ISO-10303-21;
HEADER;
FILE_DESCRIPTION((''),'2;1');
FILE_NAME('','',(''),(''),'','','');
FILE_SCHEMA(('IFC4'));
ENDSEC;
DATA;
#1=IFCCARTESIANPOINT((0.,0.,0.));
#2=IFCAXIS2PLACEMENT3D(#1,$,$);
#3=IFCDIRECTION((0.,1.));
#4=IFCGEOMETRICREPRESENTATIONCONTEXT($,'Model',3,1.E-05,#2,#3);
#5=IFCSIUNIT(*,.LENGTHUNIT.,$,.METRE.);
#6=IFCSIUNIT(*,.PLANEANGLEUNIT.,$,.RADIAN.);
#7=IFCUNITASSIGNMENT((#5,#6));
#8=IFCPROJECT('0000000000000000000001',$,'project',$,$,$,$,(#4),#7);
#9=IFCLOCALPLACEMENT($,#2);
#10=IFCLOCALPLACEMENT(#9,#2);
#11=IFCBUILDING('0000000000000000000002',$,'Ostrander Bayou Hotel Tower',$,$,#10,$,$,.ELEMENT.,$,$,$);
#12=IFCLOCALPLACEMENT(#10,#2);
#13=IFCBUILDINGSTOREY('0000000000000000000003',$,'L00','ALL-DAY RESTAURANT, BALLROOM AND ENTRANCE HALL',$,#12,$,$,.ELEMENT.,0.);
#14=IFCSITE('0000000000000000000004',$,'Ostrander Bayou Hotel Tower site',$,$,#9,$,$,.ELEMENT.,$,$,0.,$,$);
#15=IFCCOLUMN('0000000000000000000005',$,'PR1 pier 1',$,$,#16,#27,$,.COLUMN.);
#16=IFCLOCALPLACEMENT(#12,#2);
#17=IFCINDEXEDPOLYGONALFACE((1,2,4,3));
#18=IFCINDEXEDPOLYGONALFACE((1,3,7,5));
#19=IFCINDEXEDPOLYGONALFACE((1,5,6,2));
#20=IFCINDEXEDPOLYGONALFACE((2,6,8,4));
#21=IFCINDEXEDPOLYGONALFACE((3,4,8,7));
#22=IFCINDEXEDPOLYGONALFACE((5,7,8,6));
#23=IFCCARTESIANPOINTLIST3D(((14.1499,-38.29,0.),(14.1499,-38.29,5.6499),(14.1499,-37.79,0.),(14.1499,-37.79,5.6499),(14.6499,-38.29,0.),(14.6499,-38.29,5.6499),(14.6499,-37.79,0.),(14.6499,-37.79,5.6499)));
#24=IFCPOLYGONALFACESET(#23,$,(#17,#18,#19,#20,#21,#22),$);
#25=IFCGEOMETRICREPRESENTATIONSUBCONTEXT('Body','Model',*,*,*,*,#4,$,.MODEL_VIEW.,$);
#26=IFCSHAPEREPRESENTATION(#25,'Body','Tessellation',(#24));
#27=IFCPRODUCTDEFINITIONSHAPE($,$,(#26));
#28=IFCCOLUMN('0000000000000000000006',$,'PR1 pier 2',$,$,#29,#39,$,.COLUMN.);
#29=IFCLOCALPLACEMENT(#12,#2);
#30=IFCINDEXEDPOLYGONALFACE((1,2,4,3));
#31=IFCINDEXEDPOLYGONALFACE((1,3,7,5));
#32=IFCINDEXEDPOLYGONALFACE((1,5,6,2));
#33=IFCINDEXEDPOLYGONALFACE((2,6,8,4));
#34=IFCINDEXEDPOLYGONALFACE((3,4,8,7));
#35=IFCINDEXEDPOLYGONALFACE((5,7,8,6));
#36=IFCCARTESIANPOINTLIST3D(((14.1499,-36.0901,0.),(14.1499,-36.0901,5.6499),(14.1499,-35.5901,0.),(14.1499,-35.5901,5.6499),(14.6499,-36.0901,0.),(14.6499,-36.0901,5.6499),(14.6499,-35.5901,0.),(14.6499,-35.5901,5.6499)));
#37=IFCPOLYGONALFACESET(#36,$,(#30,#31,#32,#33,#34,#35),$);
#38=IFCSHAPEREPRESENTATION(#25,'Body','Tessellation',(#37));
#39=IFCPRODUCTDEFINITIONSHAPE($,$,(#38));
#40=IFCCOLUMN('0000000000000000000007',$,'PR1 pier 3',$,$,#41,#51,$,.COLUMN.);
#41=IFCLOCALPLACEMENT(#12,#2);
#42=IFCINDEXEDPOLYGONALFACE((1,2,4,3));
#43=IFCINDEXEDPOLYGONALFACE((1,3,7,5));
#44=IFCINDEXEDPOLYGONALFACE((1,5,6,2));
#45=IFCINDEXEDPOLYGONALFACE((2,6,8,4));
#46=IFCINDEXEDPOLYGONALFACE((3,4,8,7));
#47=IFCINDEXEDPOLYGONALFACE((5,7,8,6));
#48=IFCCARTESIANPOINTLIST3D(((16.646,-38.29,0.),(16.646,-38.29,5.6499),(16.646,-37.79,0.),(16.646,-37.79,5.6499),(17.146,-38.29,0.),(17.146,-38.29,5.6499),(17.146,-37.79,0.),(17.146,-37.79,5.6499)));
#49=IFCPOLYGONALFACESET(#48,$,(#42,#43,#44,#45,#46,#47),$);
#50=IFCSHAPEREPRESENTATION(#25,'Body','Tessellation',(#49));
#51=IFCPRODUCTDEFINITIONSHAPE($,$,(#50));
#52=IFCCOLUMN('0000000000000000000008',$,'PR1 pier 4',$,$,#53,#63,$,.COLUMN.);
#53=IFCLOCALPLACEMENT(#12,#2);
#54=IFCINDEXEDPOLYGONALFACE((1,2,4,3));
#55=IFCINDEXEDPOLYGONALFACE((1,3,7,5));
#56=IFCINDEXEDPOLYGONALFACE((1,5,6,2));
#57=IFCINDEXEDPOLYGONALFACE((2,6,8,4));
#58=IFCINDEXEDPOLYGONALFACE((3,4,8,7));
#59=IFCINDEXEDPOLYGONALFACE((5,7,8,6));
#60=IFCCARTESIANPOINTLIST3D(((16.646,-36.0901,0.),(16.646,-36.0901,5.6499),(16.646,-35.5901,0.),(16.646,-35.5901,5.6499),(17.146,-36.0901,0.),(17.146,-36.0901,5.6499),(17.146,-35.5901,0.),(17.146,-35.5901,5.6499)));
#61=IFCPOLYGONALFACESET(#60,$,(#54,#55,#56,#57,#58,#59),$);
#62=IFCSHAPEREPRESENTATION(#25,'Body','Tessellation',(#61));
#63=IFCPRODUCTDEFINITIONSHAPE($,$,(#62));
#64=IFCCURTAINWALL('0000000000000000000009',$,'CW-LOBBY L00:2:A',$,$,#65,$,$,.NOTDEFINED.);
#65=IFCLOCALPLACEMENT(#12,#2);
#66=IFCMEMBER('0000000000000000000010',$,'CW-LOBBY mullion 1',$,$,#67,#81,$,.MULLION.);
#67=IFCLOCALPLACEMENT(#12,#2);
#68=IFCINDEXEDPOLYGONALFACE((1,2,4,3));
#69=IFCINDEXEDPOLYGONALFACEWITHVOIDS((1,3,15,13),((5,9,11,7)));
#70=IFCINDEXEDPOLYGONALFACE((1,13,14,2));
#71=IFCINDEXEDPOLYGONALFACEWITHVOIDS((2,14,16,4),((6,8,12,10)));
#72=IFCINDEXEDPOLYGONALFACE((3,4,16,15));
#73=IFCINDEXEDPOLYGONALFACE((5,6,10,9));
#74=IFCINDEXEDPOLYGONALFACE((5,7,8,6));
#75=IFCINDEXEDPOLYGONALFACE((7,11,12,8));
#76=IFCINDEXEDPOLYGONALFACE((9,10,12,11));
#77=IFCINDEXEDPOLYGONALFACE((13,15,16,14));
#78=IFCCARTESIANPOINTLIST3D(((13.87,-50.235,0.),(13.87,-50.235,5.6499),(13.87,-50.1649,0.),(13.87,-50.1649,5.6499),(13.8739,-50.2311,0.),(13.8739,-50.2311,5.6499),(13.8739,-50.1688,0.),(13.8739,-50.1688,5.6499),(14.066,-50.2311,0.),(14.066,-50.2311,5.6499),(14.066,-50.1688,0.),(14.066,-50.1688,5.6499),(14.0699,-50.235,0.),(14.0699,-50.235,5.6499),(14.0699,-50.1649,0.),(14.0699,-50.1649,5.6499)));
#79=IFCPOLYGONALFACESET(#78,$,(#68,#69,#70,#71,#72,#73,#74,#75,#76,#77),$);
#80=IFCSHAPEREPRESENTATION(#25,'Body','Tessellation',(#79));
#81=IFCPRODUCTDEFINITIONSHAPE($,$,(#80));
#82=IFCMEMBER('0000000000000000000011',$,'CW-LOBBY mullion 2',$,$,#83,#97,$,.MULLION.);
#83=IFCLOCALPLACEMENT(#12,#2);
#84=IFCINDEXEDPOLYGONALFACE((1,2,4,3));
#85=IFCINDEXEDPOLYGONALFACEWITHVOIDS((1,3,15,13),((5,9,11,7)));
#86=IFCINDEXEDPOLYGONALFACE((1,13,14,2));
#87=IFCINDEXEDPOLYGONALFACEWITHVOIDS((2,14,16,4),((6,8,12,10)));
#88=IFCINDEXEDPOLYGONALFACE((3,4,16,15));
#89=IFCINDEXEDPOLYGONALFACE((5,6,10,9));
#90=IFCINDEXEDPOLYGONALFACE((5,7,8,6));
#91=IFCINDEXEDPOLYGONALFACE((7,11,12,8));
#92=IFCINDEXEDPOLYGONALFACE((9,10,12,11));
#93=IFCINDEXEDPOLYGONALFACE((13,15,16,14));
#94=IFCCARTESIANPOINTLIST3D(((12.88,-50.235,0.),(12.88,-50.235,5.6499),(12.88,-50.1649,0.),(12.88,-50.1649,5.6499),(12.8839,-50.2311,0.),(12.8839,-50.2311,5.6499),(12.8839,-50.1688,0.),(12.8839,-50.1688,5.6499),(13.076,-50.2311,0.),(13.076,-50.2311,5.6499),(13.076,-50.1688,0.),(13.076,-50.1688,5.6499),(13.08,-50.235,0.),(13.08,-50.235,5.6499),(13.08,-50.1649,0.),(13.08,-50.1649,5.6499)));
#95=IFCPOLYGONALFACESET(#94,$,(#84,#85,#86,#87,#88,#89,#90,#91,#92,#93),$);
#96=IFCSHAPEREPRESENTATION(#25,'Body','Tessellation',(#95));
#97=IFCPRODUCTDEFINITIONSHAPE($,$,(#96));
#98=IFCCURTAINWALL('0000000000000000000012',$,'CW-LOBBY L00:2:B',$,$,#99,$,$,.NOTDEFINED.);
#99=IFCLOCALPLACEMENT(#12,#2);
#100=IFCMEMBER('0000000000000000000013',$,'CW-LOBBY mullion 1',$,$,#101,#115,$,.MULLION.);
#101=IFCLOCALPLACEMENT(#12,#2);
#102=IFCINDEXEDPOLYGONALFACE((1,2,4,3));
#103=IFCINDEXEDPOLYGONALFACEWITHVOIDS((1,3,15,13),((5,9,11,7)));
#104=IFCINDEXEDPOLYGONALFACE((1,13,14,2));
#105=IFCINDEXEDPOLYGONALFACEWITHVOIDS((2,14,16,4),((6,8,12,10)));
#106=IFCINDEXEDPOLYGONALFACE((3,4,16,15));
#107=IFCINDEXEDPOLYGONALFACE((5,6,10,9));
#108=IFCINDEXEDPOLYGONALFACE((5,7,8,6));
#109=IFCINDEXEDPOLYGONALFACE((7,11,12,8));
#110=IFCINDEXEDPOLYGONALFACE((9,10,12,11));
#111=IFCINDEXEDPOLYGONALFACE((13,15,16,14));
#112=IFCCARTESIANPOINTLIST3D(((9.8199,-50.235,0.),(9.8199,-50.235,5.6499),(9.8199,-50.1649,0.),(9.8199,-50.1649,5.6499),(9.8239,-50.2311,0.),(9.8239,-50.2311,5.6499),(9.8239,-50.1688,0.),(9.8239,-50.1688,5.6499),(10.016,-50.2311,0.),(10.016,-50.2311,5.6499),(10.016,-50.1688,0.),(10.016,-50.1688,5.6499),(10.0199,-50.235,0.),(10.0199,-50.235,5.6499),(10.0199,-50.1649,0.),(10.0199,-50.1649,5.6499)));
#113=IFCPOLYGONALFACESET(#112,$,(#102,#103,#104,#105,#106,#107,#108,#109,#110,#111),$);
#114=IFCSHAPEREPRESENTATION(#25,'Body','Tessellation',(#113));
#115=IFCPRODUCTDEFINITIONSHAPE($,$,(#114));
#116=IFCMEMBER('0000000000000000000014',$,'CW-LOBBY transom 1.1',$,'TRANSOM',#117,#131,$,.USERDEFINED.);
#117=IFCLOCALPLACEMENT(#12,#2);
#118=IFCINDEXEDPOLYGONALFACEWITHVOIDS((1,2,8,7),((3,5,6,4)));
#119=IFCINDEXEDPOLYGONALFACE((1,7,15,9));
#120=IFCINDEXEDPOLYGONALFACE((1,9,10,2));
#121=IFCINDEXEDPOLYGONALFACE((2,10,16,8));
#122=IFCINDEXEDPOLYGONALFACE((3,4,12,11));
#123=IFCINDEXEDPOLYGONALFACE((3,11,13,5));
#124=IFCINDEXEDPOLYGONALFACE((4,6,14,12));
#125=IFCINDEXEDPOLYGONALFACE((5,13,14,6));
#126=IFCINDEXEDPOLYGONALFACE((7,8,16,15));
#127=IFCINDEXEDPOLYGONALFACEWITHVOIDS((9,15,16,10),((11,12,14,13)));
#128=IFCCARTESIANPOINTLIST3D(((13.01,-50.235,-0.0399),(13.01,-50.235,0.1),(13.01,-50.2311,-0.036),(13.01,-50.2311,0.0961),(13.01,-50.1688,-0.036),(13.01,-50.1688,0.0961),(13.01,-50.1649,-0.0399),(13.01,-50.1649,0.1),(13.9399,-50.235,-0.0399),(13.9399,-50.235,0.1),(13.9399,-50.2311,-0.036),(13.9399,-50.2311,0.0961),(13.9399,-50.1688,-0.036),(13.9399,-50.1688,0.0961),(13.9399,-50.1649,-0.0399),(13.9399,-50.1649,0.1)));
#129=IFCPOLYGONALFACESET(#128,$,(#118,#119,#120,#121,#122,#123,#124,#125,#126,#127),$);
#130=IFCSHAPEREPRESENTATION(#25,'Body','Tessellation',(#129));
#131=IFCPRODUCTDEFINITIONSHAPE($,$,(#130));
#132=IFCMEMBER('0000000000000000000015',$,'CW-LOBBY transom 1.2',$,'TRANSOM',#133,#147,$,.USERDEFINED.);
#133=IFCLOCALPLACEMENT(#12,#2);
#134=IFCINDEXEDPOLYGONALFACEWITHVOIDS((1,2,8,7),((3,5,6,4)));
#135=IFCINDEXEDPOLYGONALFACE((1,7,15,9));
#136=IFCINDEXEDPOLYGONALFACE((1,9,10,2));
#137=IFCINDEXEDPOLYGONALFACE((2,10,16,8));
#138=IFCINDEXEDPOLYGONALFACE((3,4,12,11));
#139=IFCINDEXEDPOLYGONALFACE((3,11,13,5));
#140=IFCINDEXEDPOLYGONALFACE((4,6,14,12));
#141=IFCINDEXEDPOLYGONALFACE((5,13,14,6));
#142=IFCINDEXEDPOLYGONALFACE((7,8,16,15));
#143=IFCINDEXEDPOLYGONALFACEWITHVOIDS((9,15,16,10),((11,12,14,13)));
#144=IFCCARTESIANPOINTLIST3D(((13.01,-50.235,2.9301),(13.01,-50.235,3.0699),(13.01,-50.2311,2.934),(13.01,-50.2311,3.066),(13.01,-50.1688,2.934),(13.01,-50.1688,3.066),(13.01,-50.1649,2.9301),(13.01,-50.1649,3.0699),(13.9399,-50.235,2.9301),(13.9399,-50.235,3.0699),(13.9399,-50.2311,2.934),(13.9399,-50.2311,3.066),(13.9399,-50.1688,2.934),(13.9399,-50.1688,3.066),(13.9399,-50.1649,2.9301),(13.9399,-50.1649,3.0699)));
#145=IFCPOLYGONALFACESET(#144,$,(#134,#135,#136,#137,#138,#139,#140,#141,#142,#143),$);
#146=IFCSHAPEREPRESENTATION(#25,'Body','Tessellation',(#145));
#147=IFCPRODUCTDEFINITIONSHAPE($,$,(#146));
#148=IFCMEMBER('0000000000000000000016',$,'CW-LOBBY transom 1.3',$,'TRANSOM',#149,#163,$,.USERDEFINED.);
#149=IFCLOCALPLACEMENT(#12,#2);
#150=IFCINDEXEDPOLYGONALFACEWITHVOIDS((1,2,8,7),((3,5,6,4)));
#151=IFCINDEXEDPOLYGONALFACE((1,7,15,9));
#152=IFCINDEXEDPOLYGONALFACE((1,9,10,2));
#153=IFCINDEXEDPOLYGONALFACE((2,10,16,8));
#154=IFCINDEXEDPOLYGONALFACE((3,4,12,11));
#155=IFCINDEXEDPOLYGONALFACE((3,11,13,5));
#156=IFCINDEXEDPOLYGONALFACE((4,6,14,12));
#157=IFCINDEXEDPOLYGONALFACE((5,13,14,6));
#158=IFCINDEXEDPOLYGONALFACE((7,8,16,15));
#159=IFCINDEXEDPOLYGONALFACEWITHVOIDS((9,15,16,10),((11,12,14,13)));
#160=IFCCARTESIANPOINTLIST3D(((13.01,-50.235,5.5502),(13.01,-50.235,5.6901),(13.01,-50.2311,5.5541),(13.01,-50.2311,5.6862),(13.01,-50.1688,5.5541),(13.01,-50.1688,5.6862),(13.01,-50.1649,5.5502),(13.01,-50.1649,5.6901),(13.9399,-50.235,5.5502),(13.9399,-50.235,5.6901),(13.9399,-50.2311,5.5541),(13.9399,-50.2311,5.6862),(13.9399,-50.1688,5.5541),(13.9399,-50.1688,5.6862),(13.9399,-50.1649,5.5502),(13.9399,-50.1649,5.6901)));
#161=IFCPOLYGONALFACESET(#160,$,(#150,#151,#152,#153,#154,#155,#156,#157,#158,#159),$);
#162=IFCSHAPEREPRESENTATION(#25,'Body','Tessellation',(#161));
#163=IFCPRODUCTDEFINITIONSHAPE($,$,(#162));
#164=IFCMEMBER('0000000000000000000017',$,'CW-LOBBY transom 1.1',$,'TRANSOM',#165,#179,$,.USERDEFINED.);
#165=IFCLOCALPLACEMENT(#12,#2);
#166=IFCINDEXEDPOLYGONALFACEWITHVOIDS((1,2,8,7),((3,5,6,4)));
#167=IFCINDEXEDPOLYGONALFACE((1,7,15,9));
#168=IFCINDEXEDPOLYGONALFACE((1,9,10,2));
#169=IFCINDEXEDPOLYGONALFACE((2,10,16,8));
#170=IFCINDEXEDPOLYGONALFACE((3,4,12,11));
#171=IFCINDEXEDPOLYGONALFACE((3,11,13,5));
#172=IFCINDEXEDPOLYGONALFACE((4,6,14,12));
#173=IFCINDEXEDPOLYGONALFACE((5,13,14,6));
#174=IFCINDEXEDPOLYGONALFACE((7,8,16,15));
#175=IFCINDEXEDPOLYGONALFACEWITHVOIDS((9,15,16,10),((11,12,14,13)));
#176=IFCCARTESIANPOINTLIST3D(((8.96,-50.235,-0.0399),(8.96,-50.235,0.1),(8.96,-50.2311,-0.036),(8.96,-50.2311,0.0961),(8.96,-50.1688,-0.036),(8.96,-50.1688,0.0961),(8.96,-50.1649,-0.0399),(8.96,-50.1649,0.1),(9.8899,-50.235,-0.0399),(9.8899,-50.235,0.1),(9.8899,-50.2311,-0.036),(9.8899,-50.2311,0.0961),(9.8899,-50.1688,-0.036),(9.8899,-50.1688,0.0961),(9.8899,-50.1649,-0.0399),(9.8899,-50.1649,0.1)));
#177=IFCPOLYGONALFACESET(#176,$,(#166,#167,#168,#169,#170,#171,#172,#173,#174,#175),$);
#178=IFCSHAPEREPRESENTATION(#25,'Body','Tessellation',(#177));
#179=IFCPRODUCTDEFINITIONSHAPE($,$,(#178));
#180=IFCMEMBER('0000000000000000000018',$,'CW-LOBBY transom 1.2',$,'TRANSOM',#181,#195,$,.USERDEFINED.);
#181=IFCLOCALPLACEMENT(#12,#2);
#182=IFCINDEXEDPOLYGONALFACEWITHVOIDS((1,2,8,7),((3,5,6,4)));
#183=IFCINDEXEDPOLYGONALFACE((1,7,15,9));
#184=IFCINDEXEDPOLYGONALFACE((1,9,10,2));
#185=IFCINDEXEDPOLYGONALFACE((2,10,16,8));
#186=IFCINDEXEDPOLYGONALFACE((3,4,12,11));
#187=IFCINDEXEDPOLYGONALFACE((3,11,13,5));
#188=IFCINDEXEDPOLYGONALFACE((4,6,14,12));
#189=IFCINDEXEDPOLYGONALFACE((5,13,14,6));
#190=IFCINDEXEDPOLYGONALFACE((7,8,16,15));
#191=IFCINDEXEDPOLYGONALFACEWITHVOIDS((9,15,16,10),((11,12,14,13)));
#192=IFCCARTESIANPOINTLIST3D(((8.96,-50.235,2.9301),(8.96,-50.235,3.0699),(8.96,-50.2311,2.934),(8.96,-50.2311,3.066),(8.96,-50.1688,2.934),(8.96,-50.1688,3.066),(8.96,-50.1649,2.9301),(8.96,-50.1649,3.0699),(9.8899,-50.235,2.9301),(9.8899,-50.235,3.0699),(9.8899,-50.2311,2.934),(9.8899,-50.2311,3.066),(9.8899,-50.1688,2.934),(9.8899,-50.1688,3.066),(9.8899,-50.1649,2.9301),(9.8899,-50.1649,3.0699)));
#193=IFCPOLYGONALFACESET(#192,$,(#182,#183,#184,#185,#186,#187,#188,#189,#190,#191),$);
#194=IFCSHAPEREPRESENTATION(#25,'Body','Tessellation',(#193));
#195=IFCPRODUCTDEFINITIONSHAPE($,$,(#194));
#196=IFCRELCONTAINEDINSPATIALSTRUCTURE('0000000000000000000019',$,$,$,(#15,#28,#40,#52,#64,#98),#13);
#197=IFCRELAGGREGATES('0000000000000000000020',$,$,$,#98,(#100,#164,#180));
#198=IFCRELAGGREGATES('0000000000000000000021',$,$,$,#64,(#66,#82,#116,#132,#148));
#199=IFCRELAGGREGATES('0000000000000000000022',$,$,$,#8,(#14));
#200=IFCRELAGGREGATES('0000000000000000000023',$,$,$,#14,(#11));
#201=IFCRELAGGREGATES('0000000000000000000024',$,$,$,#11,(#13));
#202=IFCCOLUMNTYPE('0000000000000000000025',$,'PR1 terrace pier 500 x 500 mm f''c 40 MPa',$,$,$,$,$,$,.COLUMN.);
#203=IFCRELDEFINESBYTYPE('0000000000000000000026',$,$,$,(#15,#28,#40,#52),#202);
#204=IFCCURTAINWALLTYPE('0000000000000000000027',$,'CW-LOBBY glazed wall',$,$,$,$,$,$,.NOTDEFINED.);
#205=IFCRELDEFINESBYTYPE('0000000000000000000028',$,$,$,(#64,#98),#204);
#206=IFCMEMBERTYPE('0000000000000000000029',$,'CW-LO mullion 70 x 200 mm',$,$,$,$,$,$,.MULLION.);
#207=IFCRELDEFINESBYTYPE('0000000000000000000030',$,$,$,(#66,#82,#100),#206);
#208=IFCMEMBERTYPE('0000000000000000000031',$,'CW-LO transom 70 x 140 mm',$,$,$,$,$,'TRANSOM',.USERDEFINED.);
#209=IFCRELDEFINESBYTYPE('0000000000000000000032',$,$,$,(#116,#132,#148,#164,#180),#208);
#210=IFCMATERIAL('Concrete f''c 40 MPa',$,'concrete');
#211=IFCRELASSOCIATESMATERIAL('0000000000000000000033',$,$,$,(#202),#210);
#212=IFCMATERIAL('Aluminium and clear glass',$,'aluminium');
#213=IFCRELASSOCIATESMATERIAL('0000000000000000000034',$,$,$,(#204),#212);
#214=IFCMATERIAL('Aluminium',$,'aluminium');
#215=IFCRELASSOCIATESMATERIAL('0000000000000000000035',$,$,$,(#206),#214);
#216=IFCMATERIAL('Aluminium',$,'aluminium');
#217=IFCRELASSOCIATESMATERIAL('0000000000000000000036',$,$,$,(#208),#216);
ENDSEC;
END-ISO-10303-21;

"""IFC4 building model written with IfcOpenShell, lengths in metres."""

from ifc_helpers import new_model, si_unit, direction, frame, origin, origin_2d, place, context, subcontext, project, spatial, rectangle, hollow_rectangle, extrude, material, material_profile, profile_set, type_object, element, aggregate, save


model = new_model("IFC4")

# Units and contexts
model_context = context("Model", 3, precision=1e-05, world=origin(), true_north=direction((0.0, 1.0)))
body_context = subcontext(model_context, "Body", "Model", "MODEL_VIEW")
ifc_project = project(units=[si_unit("LENGTHUNIT", "METRE"), si_unit("PLANEANGLEUNIT", "RADIAN")], contexts=[model_context])

# Site, building, storey
site_placement = place(None, origin())
site = spatial("IfcSite", under=ifc_project, at=site_placement, Name="Ostrander Bayou Hotel Tower site", CompositionType="ELEMENT", RefElevation=0.0)
building_placement = place(site_placement, origin())
building = spatial("IfcBuilding", under=site, at=building_placement, Name="Ostrander Bayou Hotel Tower", CompositionType="ELEMENT")
storey_placement = place(building_placement, origin())
storey = spatial("IfcBuildingStorey", under=building, at=storey_placement, Name="L00", Description="ALL-DAY RESTAURANT, BALLROOM AND ENTRANCE HALL", CompositionType="ELEMENT", Elevation=0.0)

# Columns
ifc_material_1 = material(Name="Concrete f'c 40 MPa", Category="concrete")
ifc_material_profile_1 = material_profile(ifc_material_1, rectangle(XDim=0.5, YDim=0.5, at=origin_2d()))
ifc_profile_set_1 = profile_set([ifc_material_profile_1], Name="Concrete f'c 40 MPa")
column_type = type_object("IfcColumnType", Name="PR1 terrace pier 500 x 500 mm f'c 40 MPa", PredefinedType="COLUMN", material=ifc_profile_set_1)
for number, where, z_axis, x_axis, name in (
    (1, (14.3999, -38.04, 0.0), (0.0, 0.0, 1.0), (1.0, 0.0, 0.0), "PR1 pier 1"),
    (2, (14.3999, -35.8401, 0.0), (0.0, 0.0, 1.0), (1.0, 0.0, 0.0), "PR1 pier 2"),
    (3, (16.896, -38.04, 0.0), (0.0, 0.0, 1.0), (1.0, 0.0, 0.0), "PR1 pier 3"),
    (4, (16.896, -35.8401, 0.0), (0.0, 0.0, 1.0), (1.0, 0.0, 0.0), "PR1 pier 4"),
):
    element("IfcColumn", number, at=place(storey_placement, frame(where, z_axis=z_axis, x_axis=x_axis)), inside=storey, type_object=column_type, Name=name, PredefinedType="COLUMN", context=body_context, shape_type="SweptSolid", body=[
        extrude(rectangle(XDim=0.5, YDim=0.5, at=origin_2d()), origin(), (0.0, 0.0, 1.0), 5.6499),
    ])

# Curtain wall, members
ifc_material_2 = material(Name="Aluminium and clear glass", Category="aluminium")
curtain_wall_type = type_object("IfcCurtainWallType", Name="CW-LOBBY glazed wall", PredefinedType="NOTDEFINED", material=ifc_material_2)
curtain_wall_1_placement = place(storey_placement, origin())
curtain_wall_1 = element("IfcCurtainWall", 5, at=curtain_wall_1_placement, inside=storey, type_object=curtain_wall_type, Name="CW-LOBBY L00:2:A", PredefinedType="NOTDEFINED")
ifc_material_3 = material(Name="Aluminium", Category="aluminium")
ifc_material_profile_2 = material_profile(ifc_material_3, hollow_rectangle(XDim=0.0701, YDim=0.2, WallThickness=0.0039, at=origin_2d()))
ifc_profile_set_2 = profile_set([ifc_material_profile_2], Name="Aluminium")
member_type_1 = type_object("IfcMemberType", Name="CW-LO mullion 70 x 200 mm", PredefinedType="MULLION", material=ifc_profile_set_2)
member_1_placement = place(storey_placement, frame((13.97, -50.2, 0.0), z_axis=(0.0, 0.0, 1.0), x_axis=(0.0, -1.0, 0.0)))
member_1 = element("IfcMember", 6, at=member_1_placement, type_object=member_type_1, Name="CW-LOBBY mullion 1", PredefinedType="MULLION", context=body_context, shape_type="SweptSolid", body=[
    extrude(hollow_rectangle(XDim=0.0701, YDim=0.2, WallThickness=0.0039, at=origin_2d()), origin(), (0.0, 0.0, 1.0), 5.6499),
])
member_2_placement = place(storey_placement, frame((12.98, -50.2, 0.0), z_axis=(0.0, 0.0, 1.0), x_axis=(0.0, -1.0, 0.0)))
member_2 = element("IfcMember", 7, at=member_2_placement, type_object=member_type_1, Name="CW-LOBBY mullion 2", PredefinedType="MULLION", context=body_context, shape_type="SweptSolid", body=[
    extrude(hollow_rectangle(XDim=0.0701, YDim=0.2, WallThickness=0.0039, at=origin_2d()), origin(), (0.0, 0.0, 1.0), 5.6499),
])

# Curtain wall, member
curtain_wall_2_placement = place(storey_placement, origin())
curtain_wall_2 = element("IfcCurtainWall", 8, at=curtain_wall_2_placement, inside=storey, type_object=curtain_wall_type, Name="CW-LOBBY L00:2:B", PredefinedType="NOTDEFINED")
member_3_placement = place(storey_placement, frame((9.9199, -50.2, 0.0), z_axis=(0.0, 0.0, 1.0), x_axis=(0.0, -1.0, 0.0)))
member_3 = element("IfcMember", 9, at=member_3_placement, type_object=member_type_1, Name="CW-LOBBY mullion 1", PredefinedType="MULLION", context=body_context, shape_type="SweptSolid", body=[
    extrude(hollow_rectangle(XDim=0.0701, YDim=0.2, WallThickness=0.0039, at=origin_2d()), origin(), (0.0, 0.0, 1.0), 5.6499),
])

# Members
ifc_material_4 = material(Name="Aluminium", Category="aluminium")
ifc_material_profile_3 = material_profile(ifc_material_4, hollow_rectangle(XDim=0.0701, YDim=0.1399, WallThickness=0.0039, at=origin_2d()))
ifc_profile_set_3 = profile_set([ifc_material_profile_3], Name="Aluminium")
member_type_2 = type_object("IfcMemberType", Name="CW-LO transom 70 x 140 mm", ElementType="TRANSOM", PredefinedType="USERDEFINED", material=ifc_profile_set_3)
member_4_placement = place(storey_placement, frame((13.9399, -50.2, 0.03), z_axis=(-1.0, 0.0, 0.0), x_axis=(0.0, -1.0, 0.0)))
member_4 = element("IfcMember", 10, at=member_4_placement, type_object=member_type_2, Name="CW-LOBBY transom 1.1", ObjectType="TRANSOM", PredefinedType="USERDEFINED", context=body_context, shape_type="SweptSolid", body=[
    extrude(hollow_rectangle(XDim=0.0701, YDim=0.1399, WallThickness=0.0039, at=origin_2d()), origin(), (0.0, 0.0, 1.0), 0.9299),
])
member_5_placement = place(storey_placement, frame((13.9399, -50.2, 3.0), z_axis=(-1.0, 0.0, 0.0), x_axis=(0.0, -1.0, 0.0)))
member_5 = element("IfcMember", 11, at=member_5_placement, type_object=member_type_2, Name="CW-LOBBY transom 1.2", ObjectType="TRANSOM", PredefinedType="USERDEFINED", context=body_context, shape_type="SweptSolid", body=[
    extrude(hollow_rectangle(XDim=0.0701, YDim=0.1399, WallThickness=0.0039, at=origin_2d()), origin(), (0.0, 0.0, 1.0), 0.9299),
])
member_6_placement = place(storey_placement, frame((13.9399, -50.2, 5.6201), z_axis=(-1.0, 0.0, 0.0), x_axis=(0.0, -1.0, 0.0)))
member_6 = element("IfcMember", 12, at=member_6_placement, type_object=member_type_2, Name="CW-LOBBY transom 1.3", ObjectType="TRANSOM", PredefinedType="USERDEFINED", context=body_context, shape_type="SweptSolid", body=[
    extrude(hollow_rectangle(XDim=0.0701, YDim=0.1399, WallThickness=0.0039, at=origin_2d()), origin(), (0.0, 0.0, 1.0), 0.9299),
])
member_7_placement = place(storey_placement, frame((9.8899, -50.2, 0.03), z_axis=(-1.0, 0.0, 0.0), x_axis=(0.0, -1.0, 0.0)))
member_7 = element("IfcMember", 13, at=member_7_placement, type_object=member_type_2, Name="CW-LOBBY transom 1.1", ObjectType="TRANSOM", PredefinedType="USERDEFINED", context=body_context, shape_type="SweptSolid", body=[
    extrude(hollow_rectangle(XDim=0.0701, YDim=0.1399, WallThickness=0.0039, at=origin_2d()), origin(), (0.0, 0.0, 1.0), 0.9299),
])
member_8_placement = place(storey_placement, frame((9.8899, -50.2, 3.0), z_axis=(-1.0, 0.0, 0.0), x_axis=(0.0, -1.0, 0.0)))
member_8 = element("IfcMember", 14, at=member_8_placement, type_object=member_type_2, Name="CW-LOBBY transom 1.2", ObjectType="TRANSOM", PredefinedType="USERDEFINED", context=body_context, shape_type="SweptSolid", body=[
    extrude(hollow_rectangle(XDim=0.0701, YDim=0.1399, WallThickness=0.0039, at=origin_2d()), origin(), (0.0, 0.0, 1.0), 0.9299),
])
aggregate(curtain_wall_2, [member_3, member_7, member_8])

aggregate(curtain_wall_1, [member_1, member_2, member_4, member_5, member_6])

save(model, "model.ifc")
